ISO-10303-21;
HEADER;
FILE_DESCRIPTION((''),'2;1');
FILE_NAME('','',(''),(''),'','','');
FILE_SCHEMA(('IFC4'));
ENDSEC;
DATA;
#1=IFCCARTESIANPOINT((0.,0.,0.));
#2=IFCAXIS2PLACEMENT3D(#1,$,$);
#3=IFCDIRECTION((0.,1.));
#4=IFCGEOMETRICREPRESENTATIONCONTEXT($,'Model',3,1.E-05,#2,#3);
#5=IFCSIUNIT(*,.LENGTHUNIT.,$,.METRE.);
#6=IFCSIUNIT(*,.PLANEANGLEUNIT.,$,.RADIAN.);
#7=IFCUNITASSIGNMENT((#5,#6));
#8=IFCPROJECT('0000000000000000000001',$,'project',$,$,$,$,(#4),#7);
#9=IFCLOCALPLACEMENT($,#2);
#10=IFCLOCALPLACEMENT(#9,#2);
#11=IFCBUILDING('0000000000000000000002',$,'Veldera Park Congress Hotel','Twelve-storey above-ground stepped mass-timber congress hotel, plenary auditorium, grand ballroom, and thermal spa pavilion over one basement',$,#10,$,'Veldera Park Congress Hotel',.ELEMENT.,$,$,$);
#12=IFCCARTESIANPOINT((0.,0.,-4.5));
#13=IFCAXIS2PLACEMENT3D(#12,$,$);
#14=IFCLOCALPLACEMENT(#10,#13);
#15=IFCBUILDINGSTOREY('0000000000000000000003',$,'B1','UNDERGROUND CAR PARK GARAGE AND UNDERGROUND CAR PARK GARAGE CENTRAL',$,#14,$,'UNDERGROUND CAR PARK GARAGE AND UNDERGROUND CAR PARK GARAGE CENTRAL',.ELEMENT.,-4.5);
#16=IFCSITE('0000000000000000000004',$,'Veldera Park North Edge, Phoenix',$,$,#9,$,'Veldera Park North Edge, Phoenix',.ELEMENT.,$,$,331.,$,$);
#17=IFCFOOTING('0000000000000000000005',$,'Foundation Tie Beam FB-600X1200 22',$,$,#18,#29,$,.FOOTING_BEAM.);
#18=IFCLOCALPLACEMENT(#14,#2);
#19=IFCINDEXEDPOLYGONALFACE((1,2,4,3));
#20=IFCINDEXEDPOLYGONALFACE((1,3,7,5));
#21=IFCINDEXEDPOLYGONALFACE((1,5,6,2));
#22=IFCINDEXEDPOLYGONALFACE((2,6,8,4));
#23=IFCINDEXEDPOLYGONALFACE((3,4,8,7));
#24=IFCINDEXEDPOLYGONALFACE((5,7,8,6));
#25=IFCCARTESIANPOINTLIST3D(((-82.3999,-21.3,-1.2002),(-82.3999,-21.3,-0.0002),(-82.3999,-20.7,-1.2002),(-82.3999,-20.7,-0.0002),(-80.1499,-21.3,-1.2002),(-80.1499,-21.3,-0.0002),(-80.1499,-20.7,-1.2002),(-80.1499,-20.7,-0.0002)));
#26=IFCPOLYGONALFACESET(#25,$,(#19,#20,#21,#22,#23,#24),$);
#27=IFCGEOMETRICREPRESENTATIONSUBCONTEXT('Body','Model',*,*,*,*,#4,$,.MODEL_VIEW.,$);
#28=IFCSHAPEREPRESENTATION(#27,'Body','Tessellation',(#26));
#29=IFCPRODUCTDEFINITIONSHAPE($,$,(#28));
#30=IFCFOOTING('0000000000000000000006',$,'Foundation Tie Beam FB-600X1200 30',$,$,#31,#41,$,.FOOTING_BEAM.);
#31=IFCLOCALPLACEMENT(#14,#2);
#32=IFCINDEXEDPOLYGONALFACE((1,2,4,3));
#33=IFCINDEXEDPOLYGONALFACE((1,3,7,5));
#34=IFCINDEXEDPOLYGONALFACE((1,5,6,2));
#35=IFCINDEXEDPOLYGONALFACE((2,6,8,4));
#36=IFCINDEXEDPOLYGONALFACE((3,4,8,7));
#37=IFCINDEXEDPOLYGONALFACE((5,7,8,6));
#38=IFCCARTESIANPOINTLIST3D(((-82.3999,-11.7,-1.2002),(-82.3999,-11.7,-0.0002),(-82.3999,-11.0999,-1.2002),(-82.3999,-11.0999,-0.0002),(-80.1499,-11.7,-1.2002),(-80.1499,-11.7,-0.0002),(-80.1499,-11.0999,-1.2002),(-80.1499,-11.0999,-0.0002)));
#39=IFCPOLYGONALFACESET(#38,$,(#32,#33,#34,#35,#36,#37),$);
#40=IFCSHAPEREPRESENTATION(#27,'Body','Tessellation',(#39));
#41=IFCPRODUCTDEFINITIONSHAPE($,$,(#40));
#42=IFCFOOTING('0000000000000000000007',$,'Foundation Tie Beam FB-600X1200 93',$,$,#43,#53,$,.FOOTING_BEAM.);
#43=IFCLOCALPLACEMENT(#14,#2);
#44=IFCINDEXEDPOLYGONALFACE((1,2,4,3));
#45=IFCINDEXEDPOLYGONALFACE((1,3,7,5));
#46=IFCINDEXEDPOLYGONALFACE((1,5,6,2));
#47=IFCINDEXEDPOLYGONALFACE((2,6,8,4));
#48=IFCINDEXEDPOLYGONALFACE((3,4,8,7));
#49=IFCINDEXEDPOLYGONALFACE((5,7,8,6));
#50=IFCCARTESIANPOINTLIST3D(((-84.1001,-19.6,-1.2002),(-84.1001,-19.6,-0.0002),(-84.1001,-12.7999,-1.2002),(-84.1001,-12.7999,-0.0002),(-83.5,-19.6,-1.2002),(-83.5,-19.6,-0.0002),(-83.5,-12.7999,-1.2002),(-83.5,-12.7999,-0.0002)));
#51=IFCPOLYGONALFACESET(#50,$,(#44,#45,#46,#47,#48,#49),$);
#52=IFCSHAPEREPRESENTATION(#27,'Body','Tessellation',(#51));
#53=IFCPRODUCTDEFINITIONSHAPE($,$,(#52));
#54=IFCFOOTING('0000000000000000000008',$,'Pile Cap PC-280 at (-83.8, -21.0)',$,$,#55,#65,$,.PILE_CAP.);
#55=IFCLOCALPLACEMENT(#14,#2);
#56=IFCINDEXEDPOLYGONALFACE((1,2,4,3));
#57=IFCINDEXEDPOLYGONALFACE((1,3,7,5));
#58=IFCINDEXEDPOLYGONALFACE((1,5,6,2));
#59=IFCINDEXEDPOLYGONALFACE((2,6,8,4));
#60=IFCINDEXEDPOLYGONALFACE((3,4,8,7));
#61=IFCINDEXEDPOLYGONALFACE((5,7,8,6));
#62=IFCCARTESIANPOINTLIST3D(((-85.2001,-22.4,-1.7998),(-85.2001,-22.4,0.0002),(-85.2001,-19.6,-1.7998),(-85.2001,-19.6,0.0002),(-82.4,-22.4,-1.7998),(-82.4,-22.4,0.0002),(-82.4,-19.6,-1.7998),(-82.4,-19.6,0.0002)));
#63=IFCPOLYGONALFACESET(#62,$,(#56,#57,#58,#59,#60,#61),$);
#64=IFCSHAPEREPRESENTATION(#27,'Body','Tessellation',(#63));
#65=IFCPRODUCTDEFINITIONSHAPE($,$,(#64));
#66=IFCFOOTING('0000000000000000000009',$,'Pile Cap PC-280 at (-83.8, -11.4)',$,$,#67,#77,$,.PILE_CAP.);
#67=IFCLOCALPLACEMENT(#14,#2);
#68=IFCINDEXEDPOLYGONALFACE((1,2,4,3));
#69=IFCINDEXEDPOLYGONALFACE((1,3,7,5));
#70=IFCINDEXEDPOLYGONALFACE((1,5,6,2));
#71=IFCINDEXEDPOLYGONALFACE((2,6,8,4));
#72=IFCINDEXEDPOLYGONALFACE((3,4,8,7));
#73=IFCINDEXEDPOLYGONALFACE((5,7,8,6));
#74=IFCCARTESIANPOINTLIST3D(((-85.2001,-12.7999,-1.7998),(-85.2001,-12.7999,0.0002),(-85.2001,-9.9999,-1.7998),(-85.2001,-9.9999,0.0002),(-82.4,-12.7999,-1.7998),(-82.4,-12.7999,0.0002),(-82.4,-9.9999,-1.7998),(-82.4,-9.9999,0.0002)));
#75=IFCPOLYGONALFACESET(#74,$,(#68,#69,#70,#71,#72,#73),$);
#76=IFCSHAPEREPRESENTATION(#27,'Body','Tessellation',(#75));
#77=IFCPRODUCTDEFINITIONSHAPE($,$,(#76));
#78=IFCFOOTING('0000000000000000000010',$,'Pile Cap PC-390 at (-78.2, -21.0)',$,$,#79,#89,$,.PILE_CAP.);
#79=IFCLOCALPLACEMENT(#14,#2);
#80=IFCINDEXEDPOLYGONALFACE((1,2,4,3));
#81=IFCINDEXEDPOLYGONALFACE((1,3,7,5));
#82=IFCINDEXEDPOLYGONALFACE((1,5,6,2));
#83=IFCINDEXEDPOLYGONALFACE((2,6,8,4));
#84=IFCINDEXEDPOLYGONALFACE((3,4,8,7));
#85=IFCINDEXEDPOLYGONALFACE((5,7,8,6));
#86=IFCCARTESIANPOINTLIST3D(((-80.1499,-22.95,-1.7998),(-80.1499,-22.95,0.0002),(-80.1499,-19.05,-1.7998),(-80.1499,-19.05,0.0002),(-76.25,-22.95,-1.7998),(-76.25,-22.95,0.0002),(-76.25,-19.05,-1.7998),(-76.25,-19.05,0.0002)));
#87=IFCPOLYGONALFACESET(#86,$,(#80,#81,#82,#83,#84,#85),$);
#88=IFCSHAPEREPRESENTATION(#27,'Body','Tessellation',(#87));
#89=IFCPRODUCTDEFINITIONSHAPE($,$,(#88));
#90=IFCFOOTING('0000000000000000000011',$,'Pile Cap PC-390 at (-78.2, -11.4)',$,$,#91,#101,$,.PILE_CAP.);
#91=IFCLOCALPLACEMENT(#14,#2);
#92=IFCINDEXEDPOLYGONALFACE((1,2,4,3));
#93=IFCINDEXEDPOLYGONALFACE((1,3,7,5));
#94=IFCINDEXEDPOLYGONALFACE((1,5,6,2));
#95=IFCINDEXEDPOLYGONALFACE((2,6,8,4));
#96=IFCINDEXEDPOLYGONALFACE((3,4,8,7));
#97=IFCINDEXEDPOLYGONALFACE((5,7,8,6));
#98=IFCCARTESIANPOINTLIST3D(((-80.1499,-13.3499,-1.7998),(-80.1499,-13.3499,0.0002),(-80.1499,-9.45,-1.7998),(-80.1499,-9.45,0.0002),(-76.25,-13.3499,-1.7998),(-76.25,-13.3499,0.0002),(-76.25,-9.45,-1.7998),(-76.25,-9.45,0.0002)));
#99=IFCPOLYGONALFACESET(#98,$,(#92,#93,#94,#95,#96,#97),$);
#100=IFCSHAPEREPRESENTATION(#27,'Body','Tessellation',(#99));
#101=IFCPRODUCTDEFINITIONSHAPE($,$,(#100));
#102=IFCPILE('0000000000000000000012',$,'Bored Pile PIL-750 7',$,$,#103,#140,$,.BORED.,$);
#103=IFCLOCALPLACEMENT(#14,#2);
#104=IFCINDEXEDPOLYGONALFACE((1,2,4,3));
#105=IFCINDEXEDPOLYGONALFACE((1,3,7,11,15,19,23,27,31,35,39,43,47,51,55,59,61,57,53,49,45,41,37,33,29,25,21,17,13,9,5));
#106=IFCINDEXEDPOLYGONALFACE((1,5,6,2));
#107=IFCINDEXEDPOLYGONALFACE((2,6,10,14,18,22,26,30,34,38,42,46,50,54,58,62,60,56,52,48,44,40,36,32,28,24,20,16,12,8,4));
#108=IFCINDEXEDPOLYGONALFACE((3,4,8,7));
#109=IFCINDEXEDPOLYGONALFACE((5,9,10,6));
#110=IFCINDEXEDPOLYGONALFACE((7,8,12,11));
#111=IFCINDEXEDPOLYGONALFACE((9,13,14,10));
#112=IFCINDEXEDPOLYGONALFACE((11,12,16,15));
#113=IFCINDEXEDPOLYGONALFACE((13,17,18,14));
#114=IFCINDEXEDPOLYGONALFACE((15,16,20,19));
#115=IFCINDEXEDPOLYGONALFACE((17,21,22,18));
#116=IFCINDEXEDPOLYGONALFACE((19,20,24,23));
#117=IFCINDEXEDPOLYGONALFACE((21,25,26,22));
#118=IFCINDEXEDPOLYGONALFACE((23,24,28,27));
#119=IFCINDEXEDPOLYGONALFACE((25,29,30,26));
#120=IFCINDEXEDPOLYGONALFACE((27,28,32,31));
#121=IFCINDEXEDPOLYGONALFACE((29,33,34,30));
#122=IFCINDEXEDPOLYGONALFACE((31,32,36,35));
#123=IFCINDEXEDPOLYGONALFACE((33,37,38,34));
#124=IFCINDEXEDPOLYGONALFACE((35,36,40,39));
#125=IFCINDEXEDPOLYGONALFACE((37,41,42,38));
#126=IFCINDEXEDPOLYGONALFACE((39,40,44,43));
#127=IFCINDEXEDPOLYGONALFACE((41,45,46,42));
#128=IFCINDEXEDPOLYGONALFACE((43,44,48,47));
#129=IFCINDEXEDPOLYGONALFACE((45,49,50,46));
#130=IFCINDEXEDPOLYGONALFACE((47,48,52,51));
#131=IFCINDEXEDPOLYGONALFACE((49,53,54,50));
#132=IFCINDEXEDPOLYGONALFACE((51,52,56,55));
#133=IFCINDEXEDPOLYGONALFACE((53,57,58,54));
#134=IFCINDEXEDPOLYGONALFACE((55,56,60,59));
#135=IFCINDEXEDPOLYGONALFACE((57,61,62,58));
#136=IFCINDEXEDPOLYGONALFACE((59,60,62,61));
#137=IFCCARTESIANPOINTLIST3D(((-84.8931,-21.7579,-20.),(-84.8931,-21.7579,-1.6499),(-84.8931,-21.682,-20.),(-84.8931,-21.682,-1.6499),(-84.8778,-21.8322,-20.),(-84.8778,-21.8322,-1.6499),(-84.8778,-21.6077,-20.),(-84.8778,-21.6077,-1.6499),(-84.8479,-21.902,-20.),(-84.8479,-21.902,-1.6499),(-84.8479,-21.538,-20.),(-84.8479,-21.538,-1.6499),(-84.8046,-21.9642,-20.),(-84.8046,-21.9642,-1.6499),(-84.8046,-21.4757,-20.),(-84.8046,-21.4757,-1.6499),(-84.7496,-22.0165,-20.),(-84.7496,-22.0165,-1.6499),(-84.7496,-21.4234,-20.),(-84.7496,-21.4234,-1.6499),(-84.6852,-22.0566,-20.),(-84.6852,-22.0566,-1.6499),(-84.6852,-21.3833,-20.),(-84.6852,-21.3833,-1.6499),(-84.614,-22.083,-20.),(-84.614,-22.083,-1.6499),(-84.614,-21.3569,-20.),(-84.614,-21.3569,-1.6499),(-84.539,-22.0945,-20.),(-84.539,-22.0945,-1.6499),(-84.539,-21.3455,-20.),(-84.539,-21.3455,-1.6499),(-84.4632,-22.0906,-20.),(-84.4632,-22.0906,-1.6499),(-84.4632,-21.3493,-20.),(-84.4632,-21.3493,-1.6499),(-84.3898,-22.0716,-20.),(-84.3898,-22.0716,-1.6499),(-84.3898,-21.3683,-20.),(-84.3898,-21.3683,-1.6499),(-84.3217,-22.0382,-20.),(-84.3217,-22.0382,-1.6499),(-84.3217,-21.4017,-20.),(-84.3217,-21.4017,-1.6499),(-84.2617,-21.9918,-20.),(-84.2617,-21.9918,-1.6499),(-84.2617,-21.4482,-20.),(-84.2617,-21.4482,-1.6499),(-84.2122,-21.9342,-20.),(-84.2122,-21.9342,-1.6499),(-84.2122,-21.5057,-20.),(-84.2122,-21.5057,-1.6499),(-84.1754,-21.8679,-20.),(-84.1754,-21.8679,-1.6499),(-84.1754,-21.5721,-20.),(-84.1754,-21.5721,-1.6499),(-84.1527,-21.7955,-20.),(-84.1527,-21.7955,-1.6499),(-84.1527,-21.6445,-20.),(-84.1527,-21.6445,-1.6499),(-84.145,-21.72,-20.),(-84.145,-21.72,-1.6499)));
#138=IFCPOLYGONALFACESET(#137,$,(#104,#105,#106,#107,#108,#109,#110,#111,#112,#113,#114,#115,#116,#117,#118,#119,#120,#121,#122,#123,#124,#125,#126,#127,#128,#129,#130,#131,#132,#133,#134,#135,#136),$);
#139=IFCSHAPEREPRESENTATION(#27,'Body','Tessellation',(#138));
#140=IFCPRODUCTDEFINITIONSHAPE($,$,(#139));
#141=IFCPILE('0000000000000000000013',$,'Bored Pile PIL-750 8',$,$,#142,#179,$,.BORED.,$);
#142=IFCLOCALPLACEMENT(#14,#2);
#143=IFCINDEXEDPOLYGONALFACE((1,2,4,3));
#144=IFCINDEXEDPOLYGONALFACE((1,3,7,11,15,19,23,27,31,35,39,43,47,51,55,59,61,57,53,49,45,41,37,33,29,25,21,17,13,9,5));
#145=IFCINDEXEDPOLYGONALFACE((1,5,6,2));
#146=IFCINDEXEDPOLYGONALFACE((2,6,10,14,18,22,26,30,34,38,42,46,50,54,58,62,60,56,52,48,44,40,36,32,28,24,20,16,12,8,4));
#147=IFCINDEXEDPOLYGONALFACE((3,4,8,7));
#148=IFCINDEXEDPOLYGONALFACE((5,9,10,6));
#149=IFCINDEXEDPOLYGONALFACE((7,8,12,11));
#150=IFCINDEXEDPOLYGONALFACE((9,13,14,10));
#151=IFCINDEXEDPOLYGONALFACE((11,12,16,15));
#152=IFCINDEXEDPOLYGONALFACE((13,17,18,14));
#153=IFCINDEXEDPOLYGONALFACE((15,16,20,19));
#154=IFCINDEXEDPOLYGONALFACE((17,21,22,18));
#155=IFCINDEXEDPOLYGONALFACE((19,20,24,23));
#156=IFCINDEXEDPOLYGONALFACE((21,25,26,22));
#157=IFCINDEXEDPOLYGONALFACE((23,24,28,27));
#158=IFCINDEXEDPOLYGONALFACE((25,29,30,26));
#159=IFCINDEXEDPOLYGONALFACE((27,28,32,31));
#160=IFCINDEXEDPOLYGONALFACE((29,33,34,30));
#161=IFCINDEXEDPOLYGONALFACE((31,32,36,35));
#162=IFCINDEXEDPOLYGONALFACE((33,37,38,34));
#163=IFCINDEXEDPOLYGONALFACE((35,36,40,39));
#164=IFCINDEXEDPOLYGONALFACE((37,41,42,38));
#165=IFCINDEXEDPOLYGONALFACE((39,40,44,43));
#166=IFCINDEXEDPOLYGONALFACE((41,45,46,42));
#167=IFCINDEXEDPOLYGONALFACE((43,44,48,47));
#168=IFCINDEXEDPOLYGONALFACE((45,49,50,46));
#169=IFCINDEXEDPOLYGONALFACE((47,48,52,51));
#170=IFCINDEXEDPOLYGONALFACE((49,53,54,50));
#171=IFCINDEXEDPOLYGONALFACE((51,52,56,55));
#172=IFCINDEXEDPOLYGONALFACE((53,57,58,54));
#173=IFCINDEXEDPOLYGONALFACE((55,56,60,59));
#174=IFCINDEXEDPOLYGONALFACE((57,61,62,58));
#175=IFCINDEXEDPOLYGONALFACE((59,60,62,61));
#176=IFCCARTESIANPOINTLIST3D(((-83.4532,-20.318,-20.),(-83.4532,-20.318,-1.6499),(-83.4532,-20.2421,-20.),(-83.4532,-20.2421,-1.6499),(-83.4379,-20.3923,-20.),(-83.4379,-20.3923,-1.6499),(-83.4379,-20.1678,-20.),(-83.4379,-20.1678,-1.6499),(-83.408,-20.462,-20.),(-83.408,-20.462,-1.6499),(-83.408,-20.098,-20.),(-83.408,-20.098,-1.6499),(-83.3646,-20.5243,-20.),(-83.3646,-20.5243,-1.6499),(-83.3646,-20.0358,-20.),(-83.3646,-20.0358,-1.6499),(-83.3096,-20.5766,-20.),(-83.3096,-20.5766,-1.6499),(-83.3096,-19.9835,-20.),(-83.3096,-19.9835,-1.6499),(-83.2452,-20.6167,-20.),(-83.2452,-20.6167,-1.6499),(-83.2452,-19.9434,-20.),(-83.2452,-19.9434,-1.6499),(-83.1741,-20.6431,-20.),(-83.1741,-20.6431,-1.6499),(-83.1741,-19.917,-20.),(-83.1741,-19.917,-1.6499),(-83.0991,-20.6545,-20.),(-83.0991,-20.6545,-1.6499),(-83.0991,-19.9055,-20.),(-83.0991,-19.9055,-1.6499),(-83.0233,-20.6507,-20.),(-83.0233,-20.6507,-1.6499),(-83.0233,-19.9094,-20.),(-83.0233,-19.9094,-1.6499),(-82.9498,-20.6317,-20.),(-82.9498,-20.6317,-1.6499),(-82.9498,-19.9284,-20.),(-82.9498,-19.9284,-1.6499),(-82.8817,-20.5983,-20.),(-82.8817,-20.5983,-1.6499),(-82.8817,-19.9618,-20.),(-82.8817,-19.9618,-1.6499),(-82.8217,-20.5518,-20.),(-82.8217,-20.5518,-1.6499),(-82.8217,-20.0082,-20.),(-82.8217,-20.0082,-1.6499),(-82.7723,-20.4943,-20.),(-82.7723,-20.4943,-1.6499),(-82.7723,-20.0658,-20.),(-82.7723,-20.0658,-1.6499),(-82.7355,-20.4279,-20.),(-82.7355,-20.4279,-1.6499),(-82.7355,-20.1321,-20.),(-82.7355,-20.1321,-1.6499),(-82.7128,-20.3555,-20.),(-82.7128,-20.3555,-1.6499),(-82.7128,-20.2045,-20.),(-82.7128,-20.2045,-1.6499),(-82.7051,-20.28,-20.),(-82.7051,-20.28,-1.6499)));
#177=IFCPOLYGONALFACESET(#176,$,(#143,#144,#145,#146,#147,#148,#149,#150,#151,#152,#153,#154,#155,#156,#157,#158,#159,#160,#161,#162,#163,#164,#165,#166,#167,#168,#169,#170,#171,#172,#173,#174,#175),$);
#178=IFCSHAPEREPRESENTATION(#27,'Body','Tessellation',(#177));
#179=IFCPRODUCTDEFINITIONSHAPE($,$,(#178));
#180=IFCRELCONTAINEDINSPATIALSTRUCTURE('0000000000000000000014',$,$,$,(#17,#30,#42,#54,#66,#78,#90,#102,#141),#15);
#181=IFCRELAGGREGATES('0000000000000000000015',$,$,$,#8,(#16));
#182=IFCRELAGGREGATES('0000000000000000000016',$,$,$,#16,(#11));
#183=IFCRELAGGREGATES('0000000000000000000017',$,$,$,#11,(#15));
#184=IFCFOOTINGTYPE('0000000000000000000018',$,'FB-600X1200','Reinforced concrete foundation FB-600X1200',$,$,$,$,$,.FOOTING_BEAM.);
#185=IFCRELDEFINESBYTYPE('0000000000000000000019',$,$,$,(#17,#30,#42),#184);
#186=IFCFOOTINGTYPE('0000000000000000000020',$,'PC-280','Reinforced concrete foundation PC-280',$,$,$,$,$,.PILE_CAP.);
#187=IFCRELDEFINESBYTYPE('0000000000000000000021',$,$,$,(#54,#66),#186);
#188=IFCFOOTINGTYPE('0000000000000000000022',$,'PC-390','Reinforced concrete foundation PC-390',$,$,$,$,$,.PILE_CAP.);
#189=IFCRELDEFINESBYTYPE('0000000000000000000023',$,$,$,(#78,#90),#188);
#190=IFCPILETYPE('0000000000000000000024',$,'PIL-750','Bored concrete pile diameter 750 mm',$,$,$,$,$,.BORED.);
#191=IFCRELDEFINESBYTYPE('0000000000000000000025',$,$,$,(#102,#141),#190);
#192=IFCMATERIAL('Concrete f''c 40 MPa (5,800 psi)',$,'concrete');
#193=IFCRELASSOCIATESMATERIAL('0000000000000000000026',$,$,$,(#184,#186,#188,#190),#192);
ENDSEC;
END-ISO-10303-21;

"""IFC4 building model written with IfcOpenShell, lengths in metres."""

from ifc_helpers import new_model, si_unit, direction, frame, origin, origin_2d, place, context, subcontext, project, spatial, rectangle, circle, extrude, material, material_profile, profile_set, type_object, element, save


model = new_model("IFC4")

# Units and contexts
model_context = context("Model", 3, precision=1e-05, world=origin(), true_north=direction((0.0, 1.0)))
body_context = subcontext(model_context, "Body", "Model", "MODEL_VIEW")
ifc_project = project(units=[si_unit("LENGTHUNIT", "METRE"), si_unit("PLANEANGLEUNIT", "RADIAN")], contexts=[model_context])

# Site, building, storey
site_placement = place(None, origin())
site = spatial("IfcSite", under=ifc_project, at=site_placement, Name="Veldera Park North Edge, Phoenix", LongName="Veldera Park North Edge, Phoenix", CompositionType="ELEMENT", RefElevation=331.0)
building_placement = place(site_placement, origin())
building = spatial("IfcBuilding", under=site, at=building_placement, Name="Veldera Park Congress Hotel", Description="Twelve-storey above-ground stepped mass-timber congress hotel, plenary auditorium, grand ballroom, and thermal spa pavilion over one basement", LongName="Veldera Park Congress Hotel", CompositionType="ELEMENT")
storey_placement = place(building_placement, frame((0.0, 0.0, -4.5)))
storey = spatial("IfcBuildingStorey", under=building, at=storey_placement, Name="B1", Description="UNDERGROUND CAR PARK GARAGE AND UNDERGROUND CAR PARK GARAGE CENTRAL", LongName="UNDERGROUND CAR PARK GARAGE AND UNDERGROUND CAR PARK GARAGE CENTRAL", CompositionType="ELEMENT", Elevation=-4.5)

# Footings
ifc_material_1 = material(Name="Concrete f'c 40 MPa (5,800 psi)", Category="concrete")
footing_type_1 = type_object("IfcFootingType", Name="FB-600X1200", Description="Reinforced concrete foundation FB-600X1200", PredefinedType="FOOTING_BEAM", material=ifc_material_1)
for number, where, z_axis, x_axis, name in (
    (1, (-81.2749, -21.0, -1.2002), (0.0, 0.0, 1.0), (1.0, 0.0, 0.0), "Foundation Tie Beam FB-600X1200 22"),
    (2, (-81.2749, -11.3999, -1.2002), (0.0, 0.0, 1.0), (1.0, 0.0, 0.0), "Foundation Tie Beam FB-600X1200 30"),
):
    element("IfcFooting", number, at=place(storey_placement, frame(where, z_axis=z_axis, x_axis=x_axis)), inside=storey, type_object=footing_type_1, Name=name, PredefinedType="FOOTING_BEAM", context=body_context, shape_type="SweptSolid", body=[
        extrude(rectangle(XDim=2.25, YDim=0.6001, at=origin_2d()), origin(), (0.0, 0.0, 1.0), 1.2),
    ])
footing_1_placement = place(storey_placement, frame((-83.8, -16.2, -1.2002), z_axis=(0.0, 0.0, 1.0), x_axis=(0.0, 1.0, 0.0)))
element("IfcFooting", 3, at=footing_1_placement, inside=storey, type_object=footing_type_1, Name="Foundation Tie Beam FB-600X1200 93", PredefinedType="FOOTING_BEAM", context=body_context, shape_type="SweptSolid", body=[
    extrude(rectangle(XDim=6.8, YDim=0.6001, at=origin_2d()), origin(), (0.0, 0.0, 1.0), 1.2),
])
footing_type_2 = type_object("IfcFootingType", Name="PC-280", Description="Reinforced concrete foundation PC-280", PredefinedType="PILE_CAP", material=ifc_material_1)
for number, where, z_axis, x_axis, name in (
    (4, (-83.8, -21.0, -1.7998), (0.0, 0.0, 1.0), (1.0, 0.0, 0.0), "Pile Cap PC-280 at (-83.8, -21.0)"),
    (5, (-83.8, -11.3999, -1.7998), (0.0, 0.0, 1.0), (1.0, 0.0, 0.0), "Pile Cap PC-280 at (-83.8, -11.4)"),
):
    element("IfcFooting", number, at=place(storey_placement, frame(where, z_axis=z_axis, x_axis=x_axis)), inside=storey, type_object=footing_type_2, Name=name, PredefinedType="PILE_CAP", context=body_context, shape_type="SweptSolid", body=[
        extrude(rectangle(XDim=2.8, YDim=2.8, at=origin_2d()), origin(), (0.0, 0.0, 1.0), 1.8),
    ])
footing_type_3 = type_object("IfcFootingType", Name="PC-390", Description="Reinforced concrete foundation PC-390", PredefinedType="PILE_CAP", material=ifc_material_1)
for number, where, z_axis, x_axis, name in (
    (6, (-78.2, -21.0, -1.7998), (0.0, 0.0, 1.0), (1.0, 0.0, 0.0), "Pile Cap PC-390 at (-78.2, -21.0)"),
    (7, (-78.2, -11.3999, -1.7998), (0.0, 0.0, 1.0), (1.0, 0.0, 0.0), "Pile Cap PC-390 at (-78.2, -11.4)"),
):
    element("IfcFooting", number, at=place(storey_placement, frame(where, z_axis=z_axis, x_axis=x_axis)), inside=storey, type_object=footing_type_3, Name=name, PredefinedType="PILE_CAP", context=body_context, shape_type="SweptSolid", body=[
        extrude(rectangle(XDim=3.8999, YDim=3.8999, at=origin_2d()), origin(), (0.0, 0.0, 1.0), 1.8),
    ])

# Piles
ifc_material_profile_1 = material_profile(ifc_material_1, circle(Radius=0.375, at=origin_2d()), Name="PILE D750")
ifc_profile_set_1 = profile_set([ifc_material_profile_1], Name="Concrete f'c 40 MPa (5,800 psi)")
pile_type_1 = type_object("IfcPileType", Name="PIL-750", Description="Bored concrete pile diameter 750 mm", PredefinedType="BORED", material=ifc_profile_set_1)
for number, where, z_axis, x_axis, name in (
    (8, (-84.52, -21.72, -1.6499), (0.0, 0.0, -1.0), (1.0, 0.0, 0.0), "Bored Pile PIL-750 7"),
    (9, (-83.0801, -20.28, -1.6499), (0.0, 0.0, -1.0), (1.0, 0.0, 0.0), "Bored Pile PIL-750 8"),
):
    element("IfcPile", number, at=place(storey_placement, frame(where, z_axis=z_axis, x_axis=x_axis)), inside=storey, type_object=pile_type_1, Name=name, PredefinedType="BORED", context=body_context, shape_type="SweptSolid", body=[
        extrude(circle(Radius=0.375, at=origin_2d()), origin(), (0.0, 0.0, 1.0), 18.3501),
    ])

save(model, "model.ifc")
